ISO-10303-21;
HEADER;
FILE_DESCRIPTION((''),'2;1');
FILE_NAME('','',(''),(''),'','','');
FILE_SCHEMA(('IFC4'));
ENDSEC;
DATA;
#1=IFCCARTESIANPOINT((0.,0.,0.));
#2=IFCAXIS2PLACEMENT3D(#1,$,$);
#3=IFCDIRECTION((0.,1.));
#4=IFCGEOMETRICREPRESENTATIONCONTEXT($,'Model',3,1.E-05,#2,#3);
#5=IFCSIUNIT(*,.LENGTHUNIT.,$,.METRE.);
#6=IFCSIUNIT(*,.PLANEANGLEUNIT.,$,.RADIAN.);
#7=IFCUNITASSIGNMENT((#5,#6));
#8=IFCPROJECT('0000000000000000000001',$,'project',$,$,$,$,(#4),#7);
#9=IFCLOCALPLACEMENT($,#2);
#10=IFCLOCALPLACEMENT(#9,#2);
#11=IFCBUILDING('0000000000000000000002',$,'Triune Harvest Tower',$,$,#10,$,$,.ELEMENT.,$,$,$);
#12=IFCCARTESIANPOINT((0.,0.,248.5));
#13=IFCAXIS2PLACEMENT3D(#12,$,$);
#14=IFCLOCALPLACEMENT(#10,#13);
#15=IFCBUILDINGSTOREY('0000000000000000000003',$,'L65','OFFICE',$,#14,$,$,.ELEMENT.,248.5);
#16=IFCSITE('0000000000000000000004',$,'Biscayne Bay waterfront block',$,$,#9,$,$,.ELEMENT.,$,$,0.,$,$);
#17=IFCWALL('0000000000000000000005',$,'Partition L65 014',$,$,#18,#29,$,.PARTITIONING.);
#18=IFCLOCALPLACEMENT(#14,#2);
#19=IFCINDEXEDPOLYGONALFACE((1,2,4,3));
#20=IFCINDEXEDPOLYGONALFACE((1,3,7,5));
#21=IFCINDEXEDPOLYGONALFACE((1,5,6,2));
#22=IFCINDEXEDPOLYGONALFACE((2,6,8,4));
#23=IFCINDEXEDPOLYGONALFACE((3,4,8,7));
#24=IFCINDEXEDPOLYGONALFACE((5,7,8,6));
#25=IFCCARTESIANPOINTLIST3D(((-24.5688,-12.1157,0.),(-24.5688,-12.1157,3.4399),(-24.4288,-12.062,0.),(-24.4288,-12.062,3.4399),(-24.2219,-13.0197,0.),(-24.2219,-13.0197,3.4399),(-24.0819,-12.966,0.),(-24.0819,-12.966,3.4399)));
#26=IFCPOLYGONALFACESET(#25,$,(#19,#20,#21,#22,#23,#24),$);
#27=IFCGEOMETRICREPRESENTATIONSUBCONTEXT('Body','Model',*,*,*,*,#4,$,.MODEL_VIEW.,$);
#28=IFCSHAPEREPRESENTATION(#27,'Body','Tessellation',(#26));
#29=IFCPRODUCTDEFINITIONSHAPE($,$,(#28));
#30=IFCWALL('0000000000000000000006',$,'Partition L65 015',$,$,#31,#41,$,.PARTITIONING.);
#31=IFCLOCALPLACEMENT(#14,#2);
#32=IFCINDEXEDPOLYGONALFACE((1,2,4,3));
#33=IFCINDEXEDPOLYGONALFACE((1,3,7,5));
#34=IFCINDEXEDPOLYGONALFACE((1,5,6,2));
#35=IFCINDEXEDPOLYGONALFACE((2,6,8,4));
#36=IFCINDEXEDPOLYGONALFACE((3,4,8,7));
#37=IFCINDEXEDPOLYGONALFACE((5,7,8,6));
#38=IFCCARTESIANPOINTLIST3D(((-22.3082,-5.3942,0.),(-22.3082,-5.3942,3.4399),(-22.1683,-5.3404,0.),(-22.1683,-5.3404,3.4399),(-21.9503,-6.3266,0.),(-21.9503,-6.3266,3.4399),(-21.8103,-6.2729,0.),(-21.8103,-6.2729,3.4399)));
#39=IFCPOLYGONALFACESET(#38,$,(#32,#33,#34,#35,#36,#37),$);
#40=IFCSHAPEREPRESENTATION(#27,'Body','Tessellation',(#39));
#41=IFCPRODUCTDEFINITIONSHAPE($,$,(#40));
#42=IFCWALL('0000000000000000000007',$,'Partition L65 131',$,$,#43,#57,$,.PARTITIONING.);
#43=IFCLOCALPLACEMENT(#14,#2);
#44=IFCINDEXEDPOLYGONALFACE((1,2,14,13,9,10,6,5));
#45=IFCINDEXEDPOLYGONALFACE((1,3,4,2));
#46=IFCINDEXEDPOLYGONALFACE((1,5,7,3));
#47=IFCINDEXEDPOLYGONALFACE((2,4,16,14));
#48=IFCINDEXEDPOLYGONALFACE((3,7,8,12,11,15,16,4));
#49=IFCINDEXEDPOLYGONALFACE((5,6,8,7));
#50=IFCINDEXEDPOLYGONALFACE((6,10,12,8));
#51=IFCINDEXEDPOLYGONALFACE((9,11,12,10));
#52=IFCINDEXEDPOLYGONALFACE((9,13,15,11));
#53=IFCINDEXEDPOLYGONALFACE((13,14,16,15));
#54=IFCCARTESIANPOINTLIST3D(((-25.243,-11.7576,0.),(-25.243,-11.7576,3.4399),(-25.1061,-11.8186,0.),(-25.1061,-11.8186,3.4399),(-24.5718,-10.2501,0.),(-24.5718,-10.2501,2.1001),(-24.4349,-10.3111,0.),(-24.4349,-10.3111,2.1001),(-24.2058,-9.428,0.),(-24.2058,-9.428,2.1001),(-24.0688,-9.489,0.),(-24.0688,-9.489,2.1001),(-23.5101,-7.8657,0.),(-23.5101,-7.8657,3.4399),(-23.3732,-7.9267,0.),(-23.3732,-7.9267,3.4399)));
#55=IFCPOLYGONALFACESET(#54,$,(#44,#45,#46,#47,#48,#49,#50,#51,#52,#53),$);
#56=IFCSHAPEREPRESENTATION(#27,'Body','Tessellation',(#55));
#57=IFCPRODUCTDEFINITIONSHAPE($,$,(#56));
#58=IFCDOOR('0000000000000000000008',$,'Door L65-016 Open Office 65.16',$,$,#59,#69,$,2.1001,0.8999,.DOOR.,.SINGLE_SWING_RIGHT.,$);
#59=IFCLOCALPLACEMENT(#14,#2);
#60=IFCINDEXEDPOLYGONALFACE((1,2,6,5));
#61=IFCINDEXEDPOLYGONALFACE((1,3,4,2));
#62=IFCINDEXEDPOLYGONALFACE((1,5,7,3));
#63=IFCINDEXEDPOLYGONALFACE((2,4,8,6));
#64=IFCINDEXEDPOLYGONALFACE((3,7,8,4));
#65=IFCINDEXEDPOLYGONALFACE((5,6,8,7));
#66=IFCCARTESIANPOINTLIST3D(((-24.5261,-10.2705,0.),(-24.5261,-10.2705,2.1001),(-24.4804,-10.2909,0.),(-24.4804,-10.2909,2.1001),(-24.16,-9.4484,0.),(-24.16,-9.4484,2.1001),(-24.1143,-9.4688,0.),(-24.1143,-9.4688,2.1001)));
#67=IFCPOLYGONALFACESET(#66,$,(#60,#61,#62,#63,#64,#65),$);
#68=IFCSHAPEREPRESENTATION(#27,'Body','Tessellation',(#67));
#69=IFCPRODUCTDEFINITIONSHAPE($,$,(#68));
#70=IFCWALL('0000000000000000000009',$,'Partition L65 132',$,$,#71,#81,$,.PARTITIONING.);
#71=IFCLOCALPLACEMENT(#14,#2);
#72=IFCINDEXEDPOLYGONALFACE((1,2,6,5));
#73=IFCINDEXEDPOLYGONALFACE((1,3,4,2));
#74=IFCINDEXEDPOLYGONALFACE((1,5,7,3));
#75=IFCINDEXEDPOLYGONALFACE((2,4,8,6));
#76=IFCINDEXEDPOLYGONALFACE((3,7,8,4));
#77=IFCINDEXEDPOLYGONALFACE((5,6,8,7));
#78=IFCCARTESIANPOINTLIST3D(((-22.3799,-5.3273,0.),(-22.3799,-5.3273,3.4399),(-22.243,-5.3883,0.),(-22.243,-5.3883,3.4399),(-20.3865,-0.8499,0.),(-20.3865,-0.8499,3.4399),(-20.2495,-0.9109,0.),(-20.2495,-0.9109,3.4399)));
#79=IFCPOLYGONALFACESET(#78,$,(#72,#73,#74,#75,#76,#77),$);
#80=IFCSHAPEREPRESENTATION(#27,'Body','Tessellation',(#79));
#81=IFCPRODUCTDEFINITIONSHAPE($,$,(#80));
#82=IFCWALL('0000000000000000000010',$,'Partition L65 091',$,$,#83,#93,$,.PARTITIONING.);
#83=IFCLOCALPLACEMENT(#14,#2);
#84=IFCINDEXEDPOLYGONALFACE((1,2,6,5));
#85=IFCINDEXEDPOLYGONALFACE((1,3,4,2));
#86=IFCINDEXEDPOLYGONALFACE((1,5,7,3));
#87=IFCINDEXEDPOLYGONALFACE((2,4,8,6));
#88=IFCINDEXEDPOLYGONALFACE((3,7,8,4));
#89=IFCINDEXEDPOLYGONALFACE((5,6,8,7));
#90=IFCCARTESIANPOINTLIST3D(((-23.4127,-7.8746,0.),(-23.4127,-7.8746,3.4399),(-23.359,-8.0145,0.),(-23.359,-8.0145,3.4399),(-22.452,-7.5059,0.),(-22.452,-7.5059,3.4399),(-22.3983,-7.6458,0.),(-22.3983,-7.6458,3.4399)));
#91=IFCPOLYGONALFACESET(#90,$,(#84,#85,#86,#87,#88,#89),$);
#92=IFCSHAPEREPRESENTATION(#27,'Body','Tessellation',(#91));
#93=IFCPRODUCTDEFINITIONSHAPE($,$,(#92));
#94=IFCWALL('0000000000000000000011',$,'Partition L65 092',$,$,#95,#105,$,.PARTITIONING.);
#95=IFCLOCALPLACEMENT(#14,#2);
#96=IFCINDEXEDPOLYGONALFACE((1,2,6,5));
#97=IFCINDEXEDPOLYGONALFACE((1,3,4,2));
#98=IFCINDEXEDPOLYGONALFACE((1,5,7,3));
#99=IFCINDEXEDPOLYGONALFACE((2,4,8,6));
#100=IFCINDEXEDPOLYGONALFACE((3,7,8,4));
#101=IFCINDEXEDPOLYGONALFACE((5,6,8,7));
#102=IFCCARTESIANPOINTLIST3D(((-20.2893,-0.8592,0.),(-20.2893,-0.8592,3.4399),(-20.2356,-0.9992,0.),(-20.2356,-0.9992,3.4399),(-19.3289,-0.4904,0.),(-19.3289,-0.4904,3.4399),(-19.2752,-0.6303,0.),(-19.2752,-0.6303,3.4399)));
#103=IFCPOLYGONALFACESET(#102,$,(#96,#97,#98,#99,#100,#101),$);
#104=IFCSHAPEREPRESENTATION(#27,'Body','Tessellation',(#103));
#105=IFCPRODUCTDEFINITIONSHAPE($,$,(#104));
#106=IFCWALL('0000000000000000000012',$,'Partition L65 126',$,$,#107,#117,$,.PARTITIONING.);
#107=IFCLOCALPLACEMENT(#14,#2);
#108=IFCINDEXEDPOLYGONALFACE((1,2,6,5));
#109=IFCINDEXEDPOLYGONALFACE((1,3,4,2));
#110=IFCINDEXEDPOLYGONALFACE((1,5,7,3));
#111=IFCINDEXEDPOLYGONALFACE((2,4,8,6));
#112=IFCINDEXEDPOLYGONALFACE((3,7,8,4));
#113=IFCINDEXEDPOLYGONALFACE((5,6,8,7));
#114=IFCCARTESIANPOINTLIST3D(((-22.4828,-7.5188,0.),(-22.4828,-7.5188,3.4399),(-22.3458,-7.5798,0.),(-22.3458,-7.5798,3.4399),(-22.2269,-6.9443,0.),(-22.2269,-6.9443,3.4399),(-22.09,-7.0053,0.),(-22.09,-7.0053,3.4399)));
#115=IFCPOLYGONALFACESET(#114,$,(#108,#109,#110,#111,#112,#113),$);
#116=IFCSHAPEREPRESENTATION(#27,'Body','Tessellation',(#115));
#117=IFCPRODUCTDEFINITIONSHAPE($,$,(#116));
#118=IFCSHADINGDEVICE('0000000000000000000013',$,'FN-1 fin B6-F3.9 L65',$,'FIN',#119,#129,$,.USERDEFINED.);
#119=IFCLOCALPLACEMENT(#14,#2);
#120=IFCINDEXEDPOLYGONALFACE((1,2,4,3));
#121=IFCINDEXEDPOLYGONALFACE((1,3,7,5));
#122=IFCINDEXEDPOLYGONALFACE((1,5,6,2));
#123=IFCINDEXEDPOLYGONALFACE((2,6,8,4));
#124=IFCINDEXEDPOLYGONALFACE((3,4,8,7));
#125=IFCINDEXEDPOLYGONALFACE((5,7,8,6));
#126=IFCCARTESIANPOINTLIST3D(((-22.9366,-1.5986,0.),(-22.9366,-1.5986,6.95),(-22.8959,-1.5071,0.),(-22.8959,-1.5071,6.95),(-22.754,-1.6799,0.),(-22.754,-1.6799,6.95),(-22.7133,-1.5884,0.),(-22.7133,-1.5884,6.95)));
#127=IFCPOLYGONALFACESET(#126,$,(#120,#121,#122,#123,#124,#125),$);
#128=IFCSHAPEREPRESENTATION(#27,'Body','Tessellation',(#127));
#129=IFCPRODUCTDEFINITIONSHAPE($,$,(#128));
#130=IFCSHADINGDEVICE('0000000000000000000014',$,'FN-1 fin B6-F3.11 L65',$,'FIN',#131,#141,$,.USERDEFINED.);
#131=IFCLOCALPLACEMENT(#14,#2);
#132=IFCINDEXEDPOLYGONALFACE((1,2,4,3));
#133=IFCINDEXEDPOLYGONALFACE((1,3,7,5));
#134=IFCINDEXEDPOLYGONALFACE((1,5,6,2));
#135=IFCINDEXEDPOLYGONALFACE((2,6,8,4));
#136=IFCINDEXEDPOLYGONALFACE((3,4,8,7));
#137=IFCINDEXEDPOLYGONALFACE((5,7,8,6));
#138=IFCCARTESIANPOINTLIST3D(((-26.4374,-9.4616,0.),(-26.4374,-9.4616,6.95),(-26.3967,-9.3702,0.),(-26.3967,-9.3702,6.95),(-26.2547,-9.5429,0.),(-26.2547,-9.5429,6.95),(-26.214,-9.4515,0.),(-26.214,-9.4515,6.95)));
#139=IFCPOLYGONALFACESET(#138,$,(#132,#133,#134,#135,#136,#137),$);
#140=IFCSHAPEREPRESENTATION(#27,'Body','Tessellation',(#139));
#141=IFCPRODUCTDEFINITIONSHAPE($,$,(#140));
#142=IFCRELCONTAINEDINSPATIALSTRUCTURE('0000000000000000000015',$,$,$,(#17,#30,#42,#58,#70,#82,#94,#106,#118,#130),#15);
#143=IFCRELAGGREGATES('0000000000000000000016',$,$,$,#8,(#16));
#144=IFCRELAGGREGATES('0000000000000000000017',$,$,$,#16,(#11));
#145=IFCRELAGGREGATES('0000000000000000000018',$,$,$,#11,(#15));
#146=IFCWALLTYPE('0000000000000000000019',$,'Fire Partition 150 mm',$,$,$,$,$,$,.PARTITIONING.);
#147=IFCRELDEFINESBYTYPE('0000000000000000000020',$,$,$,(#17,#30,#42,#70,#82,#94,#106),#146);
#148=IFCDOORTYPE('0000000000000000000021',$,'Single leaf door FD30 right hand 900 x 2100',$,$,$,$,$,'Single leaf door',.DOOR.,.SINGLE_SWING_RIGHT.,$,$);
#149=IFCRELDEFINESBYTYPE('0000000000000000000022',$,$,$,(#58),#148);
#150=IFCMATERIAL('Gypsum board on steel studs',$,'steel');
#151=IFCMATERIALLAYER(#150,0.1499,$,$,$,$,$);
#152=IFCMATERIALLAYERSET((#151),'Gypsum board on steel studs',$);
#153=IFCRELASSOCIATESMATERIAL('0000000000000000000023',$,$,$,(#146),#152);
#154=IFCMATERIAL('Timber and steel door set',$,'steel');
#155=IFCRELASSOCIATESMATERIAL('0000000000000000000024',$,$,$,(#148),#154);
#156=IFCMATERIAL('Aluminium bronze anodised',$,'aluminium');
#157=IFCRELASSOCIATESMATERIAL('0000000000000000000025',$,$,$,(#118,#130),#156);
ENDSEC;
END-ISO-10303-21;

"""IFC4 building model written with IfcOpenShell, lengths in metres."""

from ifc_helpers import new_model, si_unit, direction, frame, frame_2d, origin, origin_2d, place, context, subcontext, project, spatial, rectangle, extrude, source, transform, mapped, material, layer, layer_set, type_object, element, fill, save


model = new_model("IFC4")

# Units and contexts
model_context = context("Model", 3, precision=1e-05, world=origin(), true_north=direction((0.0, 1.0)))
body_context = subcontext(model_context, "Body", "Model", "MODEL_VIEW")
ifc_project = project(units=[si_unit("LENGTHUNIT", "METRE"), si_unit("PLANEANGLEUNIT", "RADIAN")], contexts=[model_context])

# Site, building, storey
site_placement = place(None, origin())
site = spatial("IfcSite", under=ifc_project, at=site_placement, Name="Biscayne Bay waterfront block", CompositionType="ELEMENT", RefElevation=0.0)
building_placement = place(site_placement, origin())
building = spatial("IfcBuilding", under=site, at=building_placement, Name="Triune Harvest Tower", CompositionType="ELEMENT")
storey_placement = place(building_placement, frame((0.0, 0.0, 248.5)))
storey = spatial("IfcBuildingStorey", under=building, at=storey_placement, Name="L65", Description="OFFICE", CompositionType="ELEMENT", Elevation=248.5)

# Walls
ifc_material_1 = material(Name="Gypsum board on steel studs", Category="steel")
ifc_layer_1 = layer(ifc_material_1, 0.1499)
ifc_layer_set_1 = layer_set([ifc_layer_1], Name="Gypsum board on steel studs")
wall_type_1 = type_object("IfcWallType", Name="Fire Partition 150 mm", PredefinedType="PARTITIONING", material=ifc_layer_set_1)
shared_shape_1 = source(origin(), body_context, "Body", "SweptSolid", [
    extrude(rectangle(XDim=0.9683, YDim=0.1499, at=frame_2d((0.4841, 0.0))), origin(), (0.0, 0.0, 1.0), 3.4399),
])
wall_1_placement = place(storey_placement, frame((-24.4988, -12.0889, 0.0), z_axis=(0.0, 0.0, 1.0), x_axis=(0.358269, -0.933618, 0.0)))
element("IfcWall", 1, at=wall_1_placement, inside=storey, type_object=wall_type_1, Name="Partition L65 014", PredefinedType="PARTITIONING", context=body_context, shape_type="MappedRepresentation", body=[
    mapped(shared_shape_1, transform((0.0, 0.0, 0.0), scale=1.0)),
])
shared_shape_2 = source(origin(), body_context, "Body", "SweptSolid", [
    extrude(rectangle(XDim=0.9988, YDim=0.1499, at=frame_2d((0.4995, 0.0))), origin(), (0.0, 0.0, 1.0), 3.4399),
])
wall_2_placement = place(storey_placement, frame((-22.2383, -5.3672, 0.0), z_axis=(0.0, 0.0, 1.0), x_axis=(0.358373, -0.933579, 0.0)))
element("IfcWall", 2, at=wall_2_placement, inside=storey, type_object=wall_type_1, Name="Partition L65 015", PredefinedType="PARTITIONING", context=body_context, shape_type="MappedRepresentation", body=[
    mapped(shared_shape_2, transform((0.0, 0.0, 0.0), scale=1.0)),
])

# Wall, opening, door
shared_shape_3 = source(origin(), body_context, "Body", "SweptSolid", [
    extrude(rectangle(XDim=4.2603, YDim=0.1499, at=frame_2d((2.1301, 0.0))), origin(), (0.0, 0.0, 1.0), 3.4399),
])
wall_3_placement = place(storey_placement, frame((-25.1746, -11.7881, 0.0), z_axis=(0.0, 0.0, 1.0), x_axis=(0.406766, 0.913532, 0.0)))
wall_3 = element("IfcWall", 3, at=wall_3_placement, inside=storey, type_object=wall_type_1, Name="Partition L65 131", PredefinedType="PARTITIONING", context=body_context, shape_type="MappedRepresentation", body=[
    mapped(shared_shape_3, transform((0.0, 0.0, 0.0), scale=1.0)),
])
opening_placement = place(wall_3_placement, frame((1.6501, 0.0, 0.0)))
opening = element("IfcOpeningElement", 4, at=opening_placement, cuts=wall_3, PredefinedType="OPENING", context=body_context, shape_type="SweptSolid", body=[
    extrude(rectangle(XDim=0.8999, YDim=2.1001, at=frame_2d((0.45, 1.05))), frame((0.0, 0.085, 0.0), z_axis=(0.0, -1.0, 0.0), x_axis=(1.0, 0.0, 0.0)), (0.0, 0.0, 1.0), 0.1699),
])
ifc_material_2 = material(Name="Timber and steel door set", Category="steel")
door_type = type_object("IfcDoorType", Name="Single leaf door FD30 right hand 900 x 2100", ElementType="Single leaf door", OperationType="SINGLE_SWING_RIGHT", PredefinedType="DOOR", material=ifc_material_2)
door_placement = place(opening_placement, origin())
door = element("IfcDoor", 5, at=door_placement, inside=storey, type_object=door_type, Name="Door L65-016 Open Office 65.16", OperationType="SINGLE_SWING_RIGHT", OverallHeight=2.1001, OverallWidth=0.8999, PredefinedType="DOOR", context=body_context, shape_type="SweptSolid", body=[
    extrude(rectangle(XDim=0.8999, YDim=2.1001, at=frame_2d((0.45, 1.05))), frame((0.0, 0.0249, 0.0), z_axis=(0.0, -1.0, 0.0), x_axis=(1.0, 0.0, 0.0)), (0.0, 0.0, 1.0), 0.05),
])
fill(opening, door)

# Walls
shared_shape_4 = source(origin(), body_context, "Body", "SweptSolid", [
    extrude(rectangle(XDim=4.9011, YDim=0.1499, at=frame_2d((2.4507, 0.0))), origin(), (0.0, 0.0, 1.0), 3.4399),
])
wall_4_placement = place(storey_placement, frame((-22.3115, -5.3579, 0.0), z_axis=(0.0, 0.0, 1.0), x_axis=(0.406735, 0.913546, 0.0)))
element("IfcWall", 6, at=wall_4_placement, inside=storey, type_object=wall_type_1, Name="Partition L65 132", PredefinedType="PARTITIONING", context=body_context, shape_type="MappedRepresentation", body=[
    mapped(shared_shape_4, transform((0.0, 0.0, 0.0), scale=1.0)),
])
shared_shape_5 = source(origin(), body_context, "Body", "SweptSolid", [
    extrude(rectangle(XDim=1.0291, YDim=0.1499, at=frame_2d((0.5146, 0.0))), origin(), (0.0, 0.0, 1.0), 3.4399),
])
wall_5_placement = place(storey_placement, frame((-23.386, -7.9446, 0.0), z_axis=(0.0, 0.0, 1.0), x_axis=(0.933621, 0.358264, 0.0)))
element("IfcWall", 7, at=wall_5_placement, inside=storey, type_object=wall_type_1, Name="Partition L65 091", PredefinedType="PARTITIONING", context=body_context, shape_type="MappedRepresentation", body=[
    mapped(shared_shape_5, transform((0.0, 0.0, 0.0), scale=1.0)),
])
shared_shape_6 = source(origin(), body_context, "Body", "SweptSolid", [
    extrude(rectangle(XDim=1.0288, YDim=0.1499, at=frame_2d((0.5144, 0.0))), origin(), (0.0, 0.0, 1.0), 3.4399),
])
wall_6_placement = place(storey_placement, frame((-20.2625, -0.9292, 0.0), z_axis=(0.0, 0.0, 1.0), x_axis=(0.933511, 0.35855, 0.0)))
element("IfcWall", 8, at=wall_6_placement, inside=storey, type_object=wall_type_1, Name="Partition L65 092", PredefinedType="PARTITIONING", context=body_context, shape_type="MappedRepresentation", body=[
    mapped(shared_shape_6, transform((0.0, 0.0, 0.0), scale=1.0)),
])
shared_shape_7 = source(origin(), body_context, "Body", "SweptSolid", [
    extrude(rectangle(XDim=0.6289, YDim=0.1499, at=frame_2d((0.3145, 0.0))), origin(), (0.0, 0.0, 1.0), 3.4399),
])
wall_7_placement = place(storey_placement, frame((-22.4143, -7.5493, 0.0), z_axis=(0.0, 0.0, 1.0), x_axis=(0.406859, 0.913491, 0.0)))
element("IfcWall", 9, at=wall_7_placement, inside=storey, type_object=wall_type_1, Name="Partition L65 126", PredefinedType="PARTITIONING", context=body_context, shape_type="MappedRepresentation", body=[
    mapped(shared_shape_7, transform((0.0, 0.0, 0.0), scale=1.0)),
])

# Shading devices
ifc_material_3 = material(Name="Aluminium bronze anodised", Category="aluminium")
shared_shape_8 = source(origin(), body_context, "Body", "SweptSolid", [
    extrude(rectangle(XDim=0.1001, YDim=0.2, at=origin_2d()), origin(), (0.0, 0.0, 1.0), 6.95),
])
for number, where, z_axis, x_axis, name in (
    (10, (-22.825, -1.5935, 0.0), (0.0, 0.0, 1.0), (-0.406738, -0.913545, 0.0), "FN-1 fin B6-F3.9 L65"),
    (11, (-26.3257, -9.4565, 0.0), (0.0, 0.0, 1.0), (-0.406738, -0.913545, 0.0), "FN-1 fin B6-F3.11 L65"),
):
    element("IfcShadingDevice", number, at=place(storey_placement, frame(where, z_axis=z_axis, x_axis=x_axis)), inside=storey, material=ifc_material_3, Name=name, ObjectType="FIN", PredefinedType="USERDEFINED", context=body_context, shape_type="MappedRepresentation", body=[
        mapped(shared_shape_8, transform((0.0, 0.0, 0.0), scale=1.0)),
    ])

save(model, "model.ifc")
